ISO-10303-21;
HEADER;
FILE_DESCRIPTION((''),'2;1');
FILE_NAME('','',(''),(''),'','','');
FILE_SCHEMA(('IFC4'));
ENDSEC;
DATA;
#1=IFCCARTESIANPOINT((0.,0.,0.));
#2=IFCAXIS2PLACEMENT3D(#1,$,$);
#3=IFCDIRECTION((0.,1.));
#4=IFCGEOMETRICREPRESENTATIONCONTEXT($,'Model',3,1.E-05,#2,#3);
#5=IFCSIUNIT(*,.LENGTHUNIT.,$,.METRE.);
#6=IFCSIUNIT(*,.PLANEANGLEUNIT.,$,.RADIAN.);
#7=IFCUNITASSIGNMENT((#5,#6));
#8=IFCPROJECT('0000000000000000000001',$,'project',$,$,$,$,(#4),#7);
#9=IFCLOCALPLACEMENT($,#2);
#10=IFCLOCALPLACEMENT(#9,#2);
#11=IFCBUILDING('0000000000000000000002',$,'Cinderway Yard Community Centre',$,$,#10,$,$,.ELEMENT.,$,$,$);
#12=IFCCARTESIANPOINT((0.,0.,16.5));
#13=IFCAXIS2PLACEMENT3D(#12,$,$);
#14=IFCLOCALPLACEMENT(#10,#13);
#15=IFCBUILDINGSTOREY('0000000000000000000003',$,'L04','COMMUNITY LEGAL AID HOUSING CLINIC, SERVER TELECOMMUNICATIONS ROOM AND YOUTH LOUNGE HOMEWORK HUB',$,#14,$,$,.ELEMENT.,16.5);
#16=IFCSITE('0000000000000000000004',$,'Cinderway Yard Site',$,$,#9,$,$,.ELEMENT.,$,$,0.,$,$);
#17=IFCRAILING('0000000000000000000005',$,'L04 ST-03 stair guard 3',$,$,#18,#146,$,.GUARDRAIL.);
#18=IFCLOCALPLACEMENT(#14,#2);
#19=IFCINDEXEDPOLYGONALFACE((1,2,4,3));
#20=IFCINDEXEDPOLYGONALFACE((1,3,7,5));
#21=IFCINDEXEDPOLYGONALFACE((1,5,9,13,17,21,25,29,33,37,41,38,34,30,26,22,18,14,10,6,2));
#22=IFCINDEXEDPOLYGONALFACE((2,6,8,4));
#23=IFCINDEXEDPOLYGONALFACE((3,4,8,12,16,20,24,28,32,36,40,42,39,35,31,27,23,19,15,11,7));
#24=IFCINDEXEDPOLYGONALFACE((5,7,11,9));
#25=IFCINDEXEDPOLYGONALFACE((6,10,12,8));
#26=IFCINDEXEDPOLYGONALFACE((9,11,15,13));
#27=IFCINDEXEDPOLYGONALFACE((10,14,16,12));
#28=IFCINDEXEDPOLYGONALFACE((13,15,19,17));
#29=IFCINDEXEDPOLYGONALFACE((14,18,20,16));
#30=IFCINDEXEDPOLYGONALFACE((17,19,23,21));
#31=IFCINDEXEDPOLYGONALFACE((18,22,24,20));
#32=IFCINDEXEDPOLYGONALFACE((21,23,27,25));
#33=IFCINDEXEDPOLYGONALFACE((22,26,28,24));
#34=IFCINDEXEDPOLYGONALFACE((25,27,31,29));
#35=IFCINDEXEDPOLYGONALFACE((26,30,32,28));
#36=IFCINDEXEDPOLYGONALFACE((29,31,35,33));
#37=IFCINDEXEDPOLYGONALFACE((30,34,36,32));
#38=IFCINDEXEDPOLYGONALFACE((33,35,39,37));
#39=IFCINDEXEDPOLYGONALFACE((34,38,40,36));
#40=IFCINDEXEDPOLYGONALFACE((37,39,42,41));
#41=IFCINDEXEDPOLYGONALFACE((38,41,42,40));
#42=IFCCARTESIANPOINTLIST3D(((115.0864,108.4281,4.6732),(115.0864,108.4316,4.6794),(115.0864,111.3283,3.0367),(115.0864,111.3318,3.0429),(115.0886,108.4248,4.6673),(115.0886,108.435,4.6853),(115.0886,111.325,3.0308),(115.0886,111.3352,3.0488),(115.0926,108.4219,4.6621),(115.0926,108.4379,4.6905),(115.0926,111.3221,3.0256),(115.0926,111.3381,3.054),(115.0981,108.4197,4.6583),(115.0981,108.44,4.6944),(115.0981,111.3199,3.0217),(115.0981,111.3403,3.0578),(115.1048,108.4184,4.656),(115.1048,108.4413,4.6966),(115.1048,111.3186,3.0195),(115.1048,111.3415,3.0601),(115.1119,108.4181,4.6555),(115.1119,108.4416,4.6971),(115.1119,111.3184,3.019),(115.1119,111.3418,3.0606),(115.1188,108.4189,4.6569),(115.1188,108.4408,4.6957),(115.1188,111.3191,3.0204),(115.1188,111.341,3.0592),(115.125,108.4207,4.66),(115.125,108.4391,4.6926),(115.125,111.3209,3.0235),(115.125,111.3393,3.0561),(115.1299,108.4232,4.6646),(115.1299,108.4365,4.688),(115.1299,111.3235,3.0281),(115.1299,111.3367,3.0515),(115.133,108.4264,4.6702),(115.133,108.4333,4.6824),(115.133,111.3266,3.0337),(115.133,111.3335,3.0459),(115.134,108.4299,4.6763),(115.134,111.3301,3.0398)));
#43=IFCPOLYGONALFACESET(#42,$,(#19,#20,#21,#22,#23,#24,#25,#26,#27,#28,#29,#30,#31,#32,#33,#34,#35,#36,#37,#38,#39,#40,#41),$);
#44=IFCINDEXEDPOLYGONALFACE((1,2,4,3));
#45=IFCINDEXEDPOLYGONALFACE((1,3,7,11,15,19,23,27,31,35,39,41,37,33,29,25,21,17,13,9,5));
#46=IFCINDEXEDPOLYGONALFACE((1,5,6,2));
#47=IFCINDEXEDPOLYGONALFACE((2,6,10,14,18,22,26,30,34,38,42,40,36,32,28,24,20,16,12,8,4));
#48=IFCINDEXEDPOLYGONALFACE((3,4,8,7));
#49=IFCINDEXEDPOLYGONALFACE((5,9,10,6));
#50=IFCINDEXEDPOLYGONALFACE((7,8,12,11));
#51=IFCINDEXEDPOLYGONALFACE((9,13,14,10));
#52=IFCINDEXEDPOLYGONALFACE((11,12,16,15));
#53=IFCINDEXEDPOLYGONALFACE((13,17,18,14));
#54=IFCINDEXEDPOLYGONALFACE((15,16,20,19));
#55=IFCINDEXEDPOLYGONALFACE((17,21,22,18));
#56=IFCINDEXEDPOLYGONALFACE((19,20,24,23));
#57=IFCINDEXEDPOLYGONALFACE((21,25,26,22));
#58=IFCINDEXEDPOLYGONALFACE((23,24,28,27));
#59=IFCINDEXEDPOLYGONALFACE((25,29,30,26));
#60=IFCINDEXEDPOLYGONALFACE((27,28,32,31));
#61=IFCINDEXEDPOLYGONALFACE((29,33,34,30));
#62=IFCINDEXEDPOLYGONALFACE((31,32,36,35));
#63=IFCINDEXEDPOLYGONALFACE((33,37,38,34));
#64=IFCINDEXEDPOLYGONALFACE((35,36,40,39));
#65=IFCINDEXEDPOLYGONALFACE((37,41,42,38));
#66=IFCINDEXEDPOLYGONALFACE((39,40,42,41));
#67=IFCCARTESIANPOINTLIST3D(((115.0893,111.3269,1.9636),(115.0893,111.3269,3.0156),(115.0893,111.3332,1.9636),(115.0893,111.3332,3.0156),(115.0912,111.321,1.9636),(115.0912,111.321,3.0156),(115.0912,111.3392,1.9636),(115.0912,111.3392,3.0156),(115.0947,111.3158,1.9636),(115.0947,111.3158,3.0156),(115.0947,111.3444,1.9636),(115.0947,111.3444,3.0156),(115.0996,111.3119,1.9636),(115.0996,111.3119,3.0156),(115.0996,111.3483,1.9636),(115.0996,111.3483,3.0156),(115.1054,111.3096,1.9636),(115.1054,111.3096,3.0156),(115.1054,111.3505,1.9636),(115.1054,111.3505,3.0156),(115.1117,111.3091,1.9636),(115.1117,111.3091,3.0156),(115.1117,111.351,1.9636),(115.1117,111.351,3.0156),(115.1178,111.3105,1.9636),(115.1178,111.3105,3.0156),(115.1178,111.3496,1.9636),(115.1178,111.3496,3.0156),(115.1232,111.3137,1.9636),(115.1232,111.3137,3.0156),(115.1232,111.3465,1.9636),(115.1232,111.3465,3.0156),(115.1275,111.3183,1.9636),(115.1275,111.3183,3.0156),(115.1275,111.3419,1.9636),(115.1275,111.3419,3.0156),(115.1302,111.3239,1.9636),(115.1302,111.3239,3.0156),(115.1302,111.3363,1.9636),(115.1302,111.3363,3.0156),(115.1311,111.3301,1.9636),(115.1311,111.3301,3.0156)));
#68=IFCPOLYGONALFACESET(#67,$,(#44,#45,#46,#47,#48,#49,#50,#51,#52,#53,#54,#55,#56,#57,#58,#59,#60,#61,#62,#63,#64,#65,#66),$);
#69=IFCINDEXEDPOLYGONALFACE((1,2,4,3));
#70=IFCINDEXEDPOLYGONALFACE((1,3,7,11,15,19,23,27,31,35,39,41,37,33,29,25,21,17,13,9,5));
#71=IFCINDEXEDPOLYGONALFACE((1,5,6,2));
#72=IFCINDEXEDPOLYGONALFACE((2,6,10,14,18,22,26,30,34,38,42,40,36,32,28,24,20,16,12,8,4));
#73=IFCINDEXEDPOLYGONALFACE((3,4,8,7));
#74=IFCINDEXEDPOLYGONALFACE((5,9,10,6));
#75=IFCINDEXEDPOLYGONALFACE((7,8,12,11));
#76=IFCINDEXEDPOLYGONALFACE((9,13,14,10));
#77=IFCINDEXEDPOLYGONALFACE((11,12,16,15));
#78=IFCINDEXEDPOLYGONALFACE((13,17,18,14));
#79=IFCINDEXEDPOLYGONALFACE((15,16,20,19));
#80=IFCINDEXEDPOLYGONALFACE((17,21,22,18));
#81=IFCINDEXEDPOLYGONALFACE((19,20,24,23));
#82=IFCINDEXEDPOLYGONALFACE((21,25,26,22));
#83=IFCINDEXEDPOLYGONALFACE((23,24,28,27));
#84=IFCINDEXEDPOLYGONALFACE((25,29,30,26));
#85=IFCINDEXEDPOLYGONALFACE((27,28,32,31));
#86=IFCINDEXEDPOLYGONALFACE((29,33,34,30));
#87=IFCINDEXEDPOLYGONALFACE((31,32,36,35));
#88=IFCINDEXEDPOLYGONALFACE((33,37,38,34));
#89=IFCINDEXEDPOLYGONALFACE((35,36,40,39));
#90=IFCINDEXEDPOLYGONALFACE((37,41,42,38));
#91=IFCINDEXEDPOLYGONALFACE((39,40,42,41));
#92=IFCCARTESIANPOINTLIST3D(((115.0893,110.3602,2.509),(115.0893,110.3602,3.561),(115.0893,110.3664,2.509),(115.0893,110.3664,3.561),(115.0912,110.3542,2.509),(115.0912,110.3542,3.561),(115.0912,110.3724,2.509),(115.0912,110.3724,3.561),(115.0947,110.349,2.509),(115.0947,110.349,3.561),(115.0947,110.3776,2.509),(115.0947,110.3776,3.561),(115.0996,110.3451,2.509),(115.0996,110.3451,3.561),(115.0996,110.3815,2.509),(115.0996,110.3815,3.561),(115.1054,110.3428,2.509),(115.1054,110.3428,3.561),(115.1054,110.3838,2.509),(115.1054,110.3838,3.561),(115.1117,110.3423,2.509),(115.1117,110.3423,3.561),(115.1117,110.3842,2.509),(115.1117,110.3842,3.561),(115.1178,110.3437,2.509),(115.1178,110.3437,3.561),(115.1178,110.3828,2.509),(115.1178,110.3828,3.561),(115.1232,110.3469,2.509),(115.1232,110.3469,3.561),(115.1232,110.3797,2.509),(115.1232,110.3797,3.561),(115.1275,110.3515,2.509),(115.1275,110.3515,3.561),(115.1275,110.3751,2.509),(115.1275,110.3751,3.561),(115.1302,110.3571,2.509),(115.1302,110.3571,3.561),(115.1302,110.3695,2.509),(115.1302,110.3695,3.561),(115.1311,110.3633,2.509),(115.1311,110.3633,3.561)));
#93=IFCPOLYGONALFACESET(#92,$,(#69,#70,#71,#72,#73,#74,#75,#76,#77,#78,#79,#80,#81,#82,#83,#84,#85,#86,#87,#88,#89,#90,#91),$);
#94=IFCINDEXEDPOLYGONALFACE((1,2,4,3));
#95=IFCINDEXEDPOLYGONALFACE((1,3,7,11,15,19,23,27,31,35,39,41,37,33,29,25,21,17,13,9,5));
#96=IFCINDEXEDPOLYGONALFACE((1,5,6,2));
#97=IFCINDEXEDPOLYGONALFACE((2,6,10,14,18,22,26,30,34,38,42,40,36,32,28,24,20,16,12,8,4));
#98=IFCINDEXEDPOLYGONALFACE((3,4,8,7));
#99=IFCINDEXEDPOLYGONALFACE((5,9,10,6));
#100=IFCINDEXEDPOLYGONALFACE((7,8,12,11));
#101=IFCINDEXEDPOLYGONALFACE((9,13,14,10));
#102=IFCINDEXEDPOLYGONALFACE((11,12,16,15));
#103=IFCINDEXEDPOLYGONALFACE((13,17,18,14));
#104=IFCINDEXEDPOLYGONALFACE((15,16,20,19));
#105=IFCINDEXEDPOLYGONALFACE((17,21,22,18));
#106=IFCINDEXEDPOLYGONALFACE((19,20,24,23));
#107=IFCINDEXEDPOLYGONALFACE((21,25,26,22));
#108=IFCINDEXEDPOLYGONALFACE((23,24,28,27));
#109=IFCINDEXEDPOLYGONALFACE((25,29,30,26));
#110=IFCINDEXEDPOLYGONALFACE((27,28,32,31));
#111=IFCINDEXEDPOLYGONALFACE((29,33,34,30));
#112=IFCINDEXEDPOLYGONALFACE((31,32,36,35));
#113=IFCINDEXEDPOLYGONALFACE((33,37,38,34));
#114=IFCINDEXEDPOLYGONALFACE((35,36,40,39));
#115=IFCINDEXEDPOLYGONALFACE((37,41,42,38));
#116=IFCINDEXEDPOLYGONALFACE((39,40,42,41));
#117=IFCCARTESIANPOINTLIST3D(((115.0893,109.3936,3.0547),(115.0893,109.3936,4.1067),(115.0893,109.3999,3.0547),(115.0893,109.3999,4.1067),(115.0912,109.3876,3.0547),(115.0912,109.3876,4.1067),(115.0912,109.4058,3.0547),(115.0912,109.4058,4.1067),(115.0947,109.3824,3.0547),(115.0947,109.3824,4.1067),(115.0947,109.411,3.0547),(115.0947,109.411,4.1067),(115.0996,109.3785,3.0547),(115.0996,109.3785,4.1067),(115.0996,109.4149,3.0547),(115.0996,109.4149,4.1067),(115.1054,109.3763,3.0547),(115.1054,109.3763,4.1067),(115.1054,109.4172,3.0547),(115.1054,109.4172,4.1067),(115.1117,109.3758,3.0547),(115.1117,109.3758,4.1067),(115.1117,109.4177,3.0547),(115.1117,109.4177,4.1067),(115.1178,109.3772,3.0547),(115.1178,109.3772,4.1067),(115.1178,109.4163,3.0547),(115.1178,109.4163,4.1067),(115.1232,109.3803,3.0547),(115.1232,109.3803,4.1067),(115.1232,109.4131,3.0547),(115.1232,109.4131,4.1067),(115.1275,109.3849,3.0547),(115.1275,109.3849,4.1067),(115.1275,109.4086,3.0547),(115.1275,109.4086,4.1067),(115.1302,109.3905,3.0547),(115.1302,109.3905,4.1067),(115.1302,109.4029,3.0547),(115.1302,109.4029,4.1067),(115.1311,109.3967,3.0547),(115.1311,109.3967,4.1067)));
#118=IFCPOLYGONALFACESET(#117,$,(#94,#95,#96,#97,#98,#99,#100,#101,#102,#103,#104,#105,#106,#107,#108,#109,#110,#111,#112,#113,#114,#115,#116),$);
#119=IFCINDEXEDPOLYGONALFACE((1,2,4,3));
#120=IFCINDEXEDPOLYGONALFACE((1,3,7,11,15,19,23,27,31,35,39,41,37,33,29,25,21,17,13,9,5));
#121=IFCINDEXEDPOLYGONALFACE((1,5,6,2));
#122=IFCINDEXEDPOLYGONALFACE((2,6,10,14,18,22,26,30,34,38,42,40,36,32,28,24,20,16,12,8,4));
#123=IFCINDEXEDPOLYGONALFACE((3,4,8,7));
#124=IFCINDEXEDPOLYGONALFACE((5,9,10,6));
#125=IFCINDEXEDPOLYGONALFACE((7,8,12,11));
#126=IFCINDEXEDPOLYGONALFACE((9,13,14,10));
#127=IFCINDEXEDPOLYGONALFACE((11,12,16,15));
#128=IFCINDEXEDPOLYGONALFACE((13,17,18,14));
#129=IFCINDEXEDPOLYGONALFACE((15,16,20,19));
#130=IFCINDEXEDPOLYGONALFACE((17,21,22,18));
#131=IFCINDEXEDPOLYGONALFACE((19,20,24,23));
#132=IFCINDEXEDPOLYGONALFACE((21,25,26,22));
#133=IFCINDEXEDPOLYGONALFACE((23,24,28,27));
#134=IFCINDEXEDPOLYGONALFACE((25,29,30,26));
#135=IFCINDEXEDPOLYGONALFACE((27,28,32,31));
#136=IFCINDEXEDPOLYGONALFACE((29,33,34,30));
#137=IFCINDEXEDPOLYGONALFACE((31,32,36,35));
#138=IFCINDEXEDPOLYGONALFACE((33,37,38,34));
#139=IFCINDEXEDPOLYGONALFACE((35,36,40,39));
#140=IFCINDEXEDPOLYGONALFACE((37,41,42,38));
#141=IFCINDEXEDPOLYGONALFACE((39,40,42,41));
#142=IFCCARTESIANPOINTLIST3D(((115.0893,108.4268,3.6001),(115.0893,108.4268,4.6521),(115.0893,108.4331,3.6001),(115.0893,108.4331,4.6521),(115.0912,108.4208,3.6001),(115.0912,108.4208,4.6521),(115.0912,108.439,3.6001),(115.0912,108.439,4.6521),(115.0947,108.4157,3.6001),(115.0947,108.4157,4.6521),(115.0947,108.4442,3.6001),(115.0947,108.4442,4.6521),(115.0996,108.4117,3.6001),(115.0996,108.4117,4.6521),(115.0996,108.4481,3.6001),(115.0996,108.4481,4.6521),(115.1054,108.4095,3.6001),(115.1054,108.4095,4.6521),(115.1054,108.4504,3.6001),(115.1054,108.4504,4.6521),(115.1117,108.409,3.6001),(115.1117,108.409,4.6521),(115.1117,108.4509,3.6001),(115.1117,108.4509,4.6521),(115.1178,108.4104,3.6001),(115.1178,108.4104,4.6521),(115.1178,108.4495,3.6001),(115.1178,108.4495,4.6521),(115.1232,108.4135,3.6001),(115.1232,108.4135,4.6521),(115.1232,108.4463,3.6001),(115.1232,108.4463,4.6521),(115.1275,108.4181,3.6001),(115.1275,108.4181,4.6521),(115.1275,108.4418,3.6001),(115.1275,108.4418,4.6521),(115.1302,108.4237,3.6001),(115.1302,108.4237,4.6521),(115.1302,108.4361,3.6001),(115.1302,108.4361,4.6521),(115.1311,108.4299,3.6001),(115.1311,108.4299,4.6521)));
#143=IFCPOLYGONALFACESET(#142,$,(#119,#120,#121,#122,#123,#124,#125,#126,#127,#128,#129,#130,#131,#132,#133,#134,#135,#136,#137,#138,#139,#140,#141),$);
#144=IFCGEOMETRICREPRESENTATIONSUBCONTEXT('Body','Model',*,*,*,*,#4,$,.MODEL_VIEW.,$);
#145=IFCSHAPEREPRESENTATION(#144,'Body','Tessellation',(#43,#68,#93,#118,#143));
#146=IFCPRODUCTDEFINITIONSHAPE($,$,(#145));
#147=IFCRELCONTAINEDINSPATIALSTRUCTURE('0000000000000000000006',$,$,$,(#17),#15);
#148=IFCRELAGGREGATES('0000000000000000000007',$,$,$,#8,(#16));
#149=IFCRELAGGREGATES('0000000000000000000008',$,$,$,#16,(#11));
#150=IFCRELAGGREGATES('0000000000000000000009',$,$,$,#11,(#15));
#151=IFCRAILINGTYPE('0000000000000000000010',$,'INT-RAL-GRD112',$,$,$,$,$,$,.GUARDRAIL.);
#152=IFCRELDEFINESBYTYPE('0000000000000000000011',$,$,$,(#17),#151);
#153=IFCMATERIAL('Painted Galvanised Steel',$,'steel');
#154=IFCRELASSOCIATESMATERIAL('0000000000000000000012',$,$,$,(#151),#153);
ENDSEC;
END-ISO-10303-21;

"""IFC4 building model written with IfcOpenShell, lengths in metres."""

from ifc_helpers import new_model, si_unit, direction, frame, origin, origin_2d, place, context, subcontext, project, spatial, circle, extrude, material, type_object, element, save


model = new_model("IFC4")

# Units and contexts
model_context = context("Model", 3, precision=1e-05, world=origin(), true_north=direction((0.0, 1.0)))
body_context = subcontext(model_context, "Body", "Model", "MODEL_VIEW")
ifc_project = project(units=[si_unit("LENGTHUNIT", "METRE"), si_unit("PLANEANGLEUNIT", "RADIAN")], contexts=[model_context])

# Site, building, storey
site_placement = place(None, origin())
site = spatial("IfcSite", under=ifc_project, at=site_placement, Name="Cinderway Yard Site", CompositionType="ELEMENT", RefElevation=0.0)
building_placement = place(site_placement, origin())
building = spatial("IfcBuilding", under=site, at=building_placement, Name="Cinderway Yard Community Centre", CompositionType="ELEMENT")
storey_placement = place(building_placement, frame((0.0, 0.0, 16.5)))
storey = spatial("IfcBuildingStorey", under=building, at=storey_placement, Name="L04", Description="COMMUNITY LEGAL AID HOUSING CLINIC, SERVER TELECOMMUNICATIONS ROOM AND YOUTH LOUNGE HOMEWORK HUB", CompositionType="ELEMENT", Elevation=16.5)

# Shared definitions
ifc_material_1 = material(Name="Painted Galvanised Steel", Category="steel")

# Railing
railing_type_1 = type_object("IfcRailingType", Name="INT-RAL-GRD112", PredefinedType="GUARDRAIL", material=ifc_material_1)
railing_1_placement = place(storey_placement, frame((115.1101, 111.3301, 1.9636)))
element("IfcRailing", 1, at=railing_1_placement, inside=storey, type_object=railing_type_1, Name="L04 ST-03 stair guard 3", PredefinedType="GUARDRAIL", context=body_context, shape_type="SweptSolid", body=[
    extrude(circle(Radius=0.0239, at=origin_2d()), frame((0.0, 0.0, 1.0762), z_axis=(0.0, -0.870915, 0.491434), x_axis=(1.0, 0.0, 0.0)), (0.0, 0.0, 1.0), 3.3301),
    extrude(circle(Radius=0.021, at=origin_2d()), origin(), (0.0, 0.0, 1.0), 1.052),
    extrude(circle(Radius=0.021, at=origin_2d()), frame((0.0, -0.9668, 0.5454)), (0.0, 0.0, 1.0), 1.052),
    extrude(circle(Radius=0.021, at=origin_2d()), frame((0.0, -1.9333, 1.0911)), (0.0, 0.0, 1.0), 1.052),
    extrude(circle(Radius=0.021, at=origin_2d()), frame((0.0, -2.9001, 1.6365)), (0.0, 0.0, 1.0), 1.052),
])

save(model, "model.ifc")
